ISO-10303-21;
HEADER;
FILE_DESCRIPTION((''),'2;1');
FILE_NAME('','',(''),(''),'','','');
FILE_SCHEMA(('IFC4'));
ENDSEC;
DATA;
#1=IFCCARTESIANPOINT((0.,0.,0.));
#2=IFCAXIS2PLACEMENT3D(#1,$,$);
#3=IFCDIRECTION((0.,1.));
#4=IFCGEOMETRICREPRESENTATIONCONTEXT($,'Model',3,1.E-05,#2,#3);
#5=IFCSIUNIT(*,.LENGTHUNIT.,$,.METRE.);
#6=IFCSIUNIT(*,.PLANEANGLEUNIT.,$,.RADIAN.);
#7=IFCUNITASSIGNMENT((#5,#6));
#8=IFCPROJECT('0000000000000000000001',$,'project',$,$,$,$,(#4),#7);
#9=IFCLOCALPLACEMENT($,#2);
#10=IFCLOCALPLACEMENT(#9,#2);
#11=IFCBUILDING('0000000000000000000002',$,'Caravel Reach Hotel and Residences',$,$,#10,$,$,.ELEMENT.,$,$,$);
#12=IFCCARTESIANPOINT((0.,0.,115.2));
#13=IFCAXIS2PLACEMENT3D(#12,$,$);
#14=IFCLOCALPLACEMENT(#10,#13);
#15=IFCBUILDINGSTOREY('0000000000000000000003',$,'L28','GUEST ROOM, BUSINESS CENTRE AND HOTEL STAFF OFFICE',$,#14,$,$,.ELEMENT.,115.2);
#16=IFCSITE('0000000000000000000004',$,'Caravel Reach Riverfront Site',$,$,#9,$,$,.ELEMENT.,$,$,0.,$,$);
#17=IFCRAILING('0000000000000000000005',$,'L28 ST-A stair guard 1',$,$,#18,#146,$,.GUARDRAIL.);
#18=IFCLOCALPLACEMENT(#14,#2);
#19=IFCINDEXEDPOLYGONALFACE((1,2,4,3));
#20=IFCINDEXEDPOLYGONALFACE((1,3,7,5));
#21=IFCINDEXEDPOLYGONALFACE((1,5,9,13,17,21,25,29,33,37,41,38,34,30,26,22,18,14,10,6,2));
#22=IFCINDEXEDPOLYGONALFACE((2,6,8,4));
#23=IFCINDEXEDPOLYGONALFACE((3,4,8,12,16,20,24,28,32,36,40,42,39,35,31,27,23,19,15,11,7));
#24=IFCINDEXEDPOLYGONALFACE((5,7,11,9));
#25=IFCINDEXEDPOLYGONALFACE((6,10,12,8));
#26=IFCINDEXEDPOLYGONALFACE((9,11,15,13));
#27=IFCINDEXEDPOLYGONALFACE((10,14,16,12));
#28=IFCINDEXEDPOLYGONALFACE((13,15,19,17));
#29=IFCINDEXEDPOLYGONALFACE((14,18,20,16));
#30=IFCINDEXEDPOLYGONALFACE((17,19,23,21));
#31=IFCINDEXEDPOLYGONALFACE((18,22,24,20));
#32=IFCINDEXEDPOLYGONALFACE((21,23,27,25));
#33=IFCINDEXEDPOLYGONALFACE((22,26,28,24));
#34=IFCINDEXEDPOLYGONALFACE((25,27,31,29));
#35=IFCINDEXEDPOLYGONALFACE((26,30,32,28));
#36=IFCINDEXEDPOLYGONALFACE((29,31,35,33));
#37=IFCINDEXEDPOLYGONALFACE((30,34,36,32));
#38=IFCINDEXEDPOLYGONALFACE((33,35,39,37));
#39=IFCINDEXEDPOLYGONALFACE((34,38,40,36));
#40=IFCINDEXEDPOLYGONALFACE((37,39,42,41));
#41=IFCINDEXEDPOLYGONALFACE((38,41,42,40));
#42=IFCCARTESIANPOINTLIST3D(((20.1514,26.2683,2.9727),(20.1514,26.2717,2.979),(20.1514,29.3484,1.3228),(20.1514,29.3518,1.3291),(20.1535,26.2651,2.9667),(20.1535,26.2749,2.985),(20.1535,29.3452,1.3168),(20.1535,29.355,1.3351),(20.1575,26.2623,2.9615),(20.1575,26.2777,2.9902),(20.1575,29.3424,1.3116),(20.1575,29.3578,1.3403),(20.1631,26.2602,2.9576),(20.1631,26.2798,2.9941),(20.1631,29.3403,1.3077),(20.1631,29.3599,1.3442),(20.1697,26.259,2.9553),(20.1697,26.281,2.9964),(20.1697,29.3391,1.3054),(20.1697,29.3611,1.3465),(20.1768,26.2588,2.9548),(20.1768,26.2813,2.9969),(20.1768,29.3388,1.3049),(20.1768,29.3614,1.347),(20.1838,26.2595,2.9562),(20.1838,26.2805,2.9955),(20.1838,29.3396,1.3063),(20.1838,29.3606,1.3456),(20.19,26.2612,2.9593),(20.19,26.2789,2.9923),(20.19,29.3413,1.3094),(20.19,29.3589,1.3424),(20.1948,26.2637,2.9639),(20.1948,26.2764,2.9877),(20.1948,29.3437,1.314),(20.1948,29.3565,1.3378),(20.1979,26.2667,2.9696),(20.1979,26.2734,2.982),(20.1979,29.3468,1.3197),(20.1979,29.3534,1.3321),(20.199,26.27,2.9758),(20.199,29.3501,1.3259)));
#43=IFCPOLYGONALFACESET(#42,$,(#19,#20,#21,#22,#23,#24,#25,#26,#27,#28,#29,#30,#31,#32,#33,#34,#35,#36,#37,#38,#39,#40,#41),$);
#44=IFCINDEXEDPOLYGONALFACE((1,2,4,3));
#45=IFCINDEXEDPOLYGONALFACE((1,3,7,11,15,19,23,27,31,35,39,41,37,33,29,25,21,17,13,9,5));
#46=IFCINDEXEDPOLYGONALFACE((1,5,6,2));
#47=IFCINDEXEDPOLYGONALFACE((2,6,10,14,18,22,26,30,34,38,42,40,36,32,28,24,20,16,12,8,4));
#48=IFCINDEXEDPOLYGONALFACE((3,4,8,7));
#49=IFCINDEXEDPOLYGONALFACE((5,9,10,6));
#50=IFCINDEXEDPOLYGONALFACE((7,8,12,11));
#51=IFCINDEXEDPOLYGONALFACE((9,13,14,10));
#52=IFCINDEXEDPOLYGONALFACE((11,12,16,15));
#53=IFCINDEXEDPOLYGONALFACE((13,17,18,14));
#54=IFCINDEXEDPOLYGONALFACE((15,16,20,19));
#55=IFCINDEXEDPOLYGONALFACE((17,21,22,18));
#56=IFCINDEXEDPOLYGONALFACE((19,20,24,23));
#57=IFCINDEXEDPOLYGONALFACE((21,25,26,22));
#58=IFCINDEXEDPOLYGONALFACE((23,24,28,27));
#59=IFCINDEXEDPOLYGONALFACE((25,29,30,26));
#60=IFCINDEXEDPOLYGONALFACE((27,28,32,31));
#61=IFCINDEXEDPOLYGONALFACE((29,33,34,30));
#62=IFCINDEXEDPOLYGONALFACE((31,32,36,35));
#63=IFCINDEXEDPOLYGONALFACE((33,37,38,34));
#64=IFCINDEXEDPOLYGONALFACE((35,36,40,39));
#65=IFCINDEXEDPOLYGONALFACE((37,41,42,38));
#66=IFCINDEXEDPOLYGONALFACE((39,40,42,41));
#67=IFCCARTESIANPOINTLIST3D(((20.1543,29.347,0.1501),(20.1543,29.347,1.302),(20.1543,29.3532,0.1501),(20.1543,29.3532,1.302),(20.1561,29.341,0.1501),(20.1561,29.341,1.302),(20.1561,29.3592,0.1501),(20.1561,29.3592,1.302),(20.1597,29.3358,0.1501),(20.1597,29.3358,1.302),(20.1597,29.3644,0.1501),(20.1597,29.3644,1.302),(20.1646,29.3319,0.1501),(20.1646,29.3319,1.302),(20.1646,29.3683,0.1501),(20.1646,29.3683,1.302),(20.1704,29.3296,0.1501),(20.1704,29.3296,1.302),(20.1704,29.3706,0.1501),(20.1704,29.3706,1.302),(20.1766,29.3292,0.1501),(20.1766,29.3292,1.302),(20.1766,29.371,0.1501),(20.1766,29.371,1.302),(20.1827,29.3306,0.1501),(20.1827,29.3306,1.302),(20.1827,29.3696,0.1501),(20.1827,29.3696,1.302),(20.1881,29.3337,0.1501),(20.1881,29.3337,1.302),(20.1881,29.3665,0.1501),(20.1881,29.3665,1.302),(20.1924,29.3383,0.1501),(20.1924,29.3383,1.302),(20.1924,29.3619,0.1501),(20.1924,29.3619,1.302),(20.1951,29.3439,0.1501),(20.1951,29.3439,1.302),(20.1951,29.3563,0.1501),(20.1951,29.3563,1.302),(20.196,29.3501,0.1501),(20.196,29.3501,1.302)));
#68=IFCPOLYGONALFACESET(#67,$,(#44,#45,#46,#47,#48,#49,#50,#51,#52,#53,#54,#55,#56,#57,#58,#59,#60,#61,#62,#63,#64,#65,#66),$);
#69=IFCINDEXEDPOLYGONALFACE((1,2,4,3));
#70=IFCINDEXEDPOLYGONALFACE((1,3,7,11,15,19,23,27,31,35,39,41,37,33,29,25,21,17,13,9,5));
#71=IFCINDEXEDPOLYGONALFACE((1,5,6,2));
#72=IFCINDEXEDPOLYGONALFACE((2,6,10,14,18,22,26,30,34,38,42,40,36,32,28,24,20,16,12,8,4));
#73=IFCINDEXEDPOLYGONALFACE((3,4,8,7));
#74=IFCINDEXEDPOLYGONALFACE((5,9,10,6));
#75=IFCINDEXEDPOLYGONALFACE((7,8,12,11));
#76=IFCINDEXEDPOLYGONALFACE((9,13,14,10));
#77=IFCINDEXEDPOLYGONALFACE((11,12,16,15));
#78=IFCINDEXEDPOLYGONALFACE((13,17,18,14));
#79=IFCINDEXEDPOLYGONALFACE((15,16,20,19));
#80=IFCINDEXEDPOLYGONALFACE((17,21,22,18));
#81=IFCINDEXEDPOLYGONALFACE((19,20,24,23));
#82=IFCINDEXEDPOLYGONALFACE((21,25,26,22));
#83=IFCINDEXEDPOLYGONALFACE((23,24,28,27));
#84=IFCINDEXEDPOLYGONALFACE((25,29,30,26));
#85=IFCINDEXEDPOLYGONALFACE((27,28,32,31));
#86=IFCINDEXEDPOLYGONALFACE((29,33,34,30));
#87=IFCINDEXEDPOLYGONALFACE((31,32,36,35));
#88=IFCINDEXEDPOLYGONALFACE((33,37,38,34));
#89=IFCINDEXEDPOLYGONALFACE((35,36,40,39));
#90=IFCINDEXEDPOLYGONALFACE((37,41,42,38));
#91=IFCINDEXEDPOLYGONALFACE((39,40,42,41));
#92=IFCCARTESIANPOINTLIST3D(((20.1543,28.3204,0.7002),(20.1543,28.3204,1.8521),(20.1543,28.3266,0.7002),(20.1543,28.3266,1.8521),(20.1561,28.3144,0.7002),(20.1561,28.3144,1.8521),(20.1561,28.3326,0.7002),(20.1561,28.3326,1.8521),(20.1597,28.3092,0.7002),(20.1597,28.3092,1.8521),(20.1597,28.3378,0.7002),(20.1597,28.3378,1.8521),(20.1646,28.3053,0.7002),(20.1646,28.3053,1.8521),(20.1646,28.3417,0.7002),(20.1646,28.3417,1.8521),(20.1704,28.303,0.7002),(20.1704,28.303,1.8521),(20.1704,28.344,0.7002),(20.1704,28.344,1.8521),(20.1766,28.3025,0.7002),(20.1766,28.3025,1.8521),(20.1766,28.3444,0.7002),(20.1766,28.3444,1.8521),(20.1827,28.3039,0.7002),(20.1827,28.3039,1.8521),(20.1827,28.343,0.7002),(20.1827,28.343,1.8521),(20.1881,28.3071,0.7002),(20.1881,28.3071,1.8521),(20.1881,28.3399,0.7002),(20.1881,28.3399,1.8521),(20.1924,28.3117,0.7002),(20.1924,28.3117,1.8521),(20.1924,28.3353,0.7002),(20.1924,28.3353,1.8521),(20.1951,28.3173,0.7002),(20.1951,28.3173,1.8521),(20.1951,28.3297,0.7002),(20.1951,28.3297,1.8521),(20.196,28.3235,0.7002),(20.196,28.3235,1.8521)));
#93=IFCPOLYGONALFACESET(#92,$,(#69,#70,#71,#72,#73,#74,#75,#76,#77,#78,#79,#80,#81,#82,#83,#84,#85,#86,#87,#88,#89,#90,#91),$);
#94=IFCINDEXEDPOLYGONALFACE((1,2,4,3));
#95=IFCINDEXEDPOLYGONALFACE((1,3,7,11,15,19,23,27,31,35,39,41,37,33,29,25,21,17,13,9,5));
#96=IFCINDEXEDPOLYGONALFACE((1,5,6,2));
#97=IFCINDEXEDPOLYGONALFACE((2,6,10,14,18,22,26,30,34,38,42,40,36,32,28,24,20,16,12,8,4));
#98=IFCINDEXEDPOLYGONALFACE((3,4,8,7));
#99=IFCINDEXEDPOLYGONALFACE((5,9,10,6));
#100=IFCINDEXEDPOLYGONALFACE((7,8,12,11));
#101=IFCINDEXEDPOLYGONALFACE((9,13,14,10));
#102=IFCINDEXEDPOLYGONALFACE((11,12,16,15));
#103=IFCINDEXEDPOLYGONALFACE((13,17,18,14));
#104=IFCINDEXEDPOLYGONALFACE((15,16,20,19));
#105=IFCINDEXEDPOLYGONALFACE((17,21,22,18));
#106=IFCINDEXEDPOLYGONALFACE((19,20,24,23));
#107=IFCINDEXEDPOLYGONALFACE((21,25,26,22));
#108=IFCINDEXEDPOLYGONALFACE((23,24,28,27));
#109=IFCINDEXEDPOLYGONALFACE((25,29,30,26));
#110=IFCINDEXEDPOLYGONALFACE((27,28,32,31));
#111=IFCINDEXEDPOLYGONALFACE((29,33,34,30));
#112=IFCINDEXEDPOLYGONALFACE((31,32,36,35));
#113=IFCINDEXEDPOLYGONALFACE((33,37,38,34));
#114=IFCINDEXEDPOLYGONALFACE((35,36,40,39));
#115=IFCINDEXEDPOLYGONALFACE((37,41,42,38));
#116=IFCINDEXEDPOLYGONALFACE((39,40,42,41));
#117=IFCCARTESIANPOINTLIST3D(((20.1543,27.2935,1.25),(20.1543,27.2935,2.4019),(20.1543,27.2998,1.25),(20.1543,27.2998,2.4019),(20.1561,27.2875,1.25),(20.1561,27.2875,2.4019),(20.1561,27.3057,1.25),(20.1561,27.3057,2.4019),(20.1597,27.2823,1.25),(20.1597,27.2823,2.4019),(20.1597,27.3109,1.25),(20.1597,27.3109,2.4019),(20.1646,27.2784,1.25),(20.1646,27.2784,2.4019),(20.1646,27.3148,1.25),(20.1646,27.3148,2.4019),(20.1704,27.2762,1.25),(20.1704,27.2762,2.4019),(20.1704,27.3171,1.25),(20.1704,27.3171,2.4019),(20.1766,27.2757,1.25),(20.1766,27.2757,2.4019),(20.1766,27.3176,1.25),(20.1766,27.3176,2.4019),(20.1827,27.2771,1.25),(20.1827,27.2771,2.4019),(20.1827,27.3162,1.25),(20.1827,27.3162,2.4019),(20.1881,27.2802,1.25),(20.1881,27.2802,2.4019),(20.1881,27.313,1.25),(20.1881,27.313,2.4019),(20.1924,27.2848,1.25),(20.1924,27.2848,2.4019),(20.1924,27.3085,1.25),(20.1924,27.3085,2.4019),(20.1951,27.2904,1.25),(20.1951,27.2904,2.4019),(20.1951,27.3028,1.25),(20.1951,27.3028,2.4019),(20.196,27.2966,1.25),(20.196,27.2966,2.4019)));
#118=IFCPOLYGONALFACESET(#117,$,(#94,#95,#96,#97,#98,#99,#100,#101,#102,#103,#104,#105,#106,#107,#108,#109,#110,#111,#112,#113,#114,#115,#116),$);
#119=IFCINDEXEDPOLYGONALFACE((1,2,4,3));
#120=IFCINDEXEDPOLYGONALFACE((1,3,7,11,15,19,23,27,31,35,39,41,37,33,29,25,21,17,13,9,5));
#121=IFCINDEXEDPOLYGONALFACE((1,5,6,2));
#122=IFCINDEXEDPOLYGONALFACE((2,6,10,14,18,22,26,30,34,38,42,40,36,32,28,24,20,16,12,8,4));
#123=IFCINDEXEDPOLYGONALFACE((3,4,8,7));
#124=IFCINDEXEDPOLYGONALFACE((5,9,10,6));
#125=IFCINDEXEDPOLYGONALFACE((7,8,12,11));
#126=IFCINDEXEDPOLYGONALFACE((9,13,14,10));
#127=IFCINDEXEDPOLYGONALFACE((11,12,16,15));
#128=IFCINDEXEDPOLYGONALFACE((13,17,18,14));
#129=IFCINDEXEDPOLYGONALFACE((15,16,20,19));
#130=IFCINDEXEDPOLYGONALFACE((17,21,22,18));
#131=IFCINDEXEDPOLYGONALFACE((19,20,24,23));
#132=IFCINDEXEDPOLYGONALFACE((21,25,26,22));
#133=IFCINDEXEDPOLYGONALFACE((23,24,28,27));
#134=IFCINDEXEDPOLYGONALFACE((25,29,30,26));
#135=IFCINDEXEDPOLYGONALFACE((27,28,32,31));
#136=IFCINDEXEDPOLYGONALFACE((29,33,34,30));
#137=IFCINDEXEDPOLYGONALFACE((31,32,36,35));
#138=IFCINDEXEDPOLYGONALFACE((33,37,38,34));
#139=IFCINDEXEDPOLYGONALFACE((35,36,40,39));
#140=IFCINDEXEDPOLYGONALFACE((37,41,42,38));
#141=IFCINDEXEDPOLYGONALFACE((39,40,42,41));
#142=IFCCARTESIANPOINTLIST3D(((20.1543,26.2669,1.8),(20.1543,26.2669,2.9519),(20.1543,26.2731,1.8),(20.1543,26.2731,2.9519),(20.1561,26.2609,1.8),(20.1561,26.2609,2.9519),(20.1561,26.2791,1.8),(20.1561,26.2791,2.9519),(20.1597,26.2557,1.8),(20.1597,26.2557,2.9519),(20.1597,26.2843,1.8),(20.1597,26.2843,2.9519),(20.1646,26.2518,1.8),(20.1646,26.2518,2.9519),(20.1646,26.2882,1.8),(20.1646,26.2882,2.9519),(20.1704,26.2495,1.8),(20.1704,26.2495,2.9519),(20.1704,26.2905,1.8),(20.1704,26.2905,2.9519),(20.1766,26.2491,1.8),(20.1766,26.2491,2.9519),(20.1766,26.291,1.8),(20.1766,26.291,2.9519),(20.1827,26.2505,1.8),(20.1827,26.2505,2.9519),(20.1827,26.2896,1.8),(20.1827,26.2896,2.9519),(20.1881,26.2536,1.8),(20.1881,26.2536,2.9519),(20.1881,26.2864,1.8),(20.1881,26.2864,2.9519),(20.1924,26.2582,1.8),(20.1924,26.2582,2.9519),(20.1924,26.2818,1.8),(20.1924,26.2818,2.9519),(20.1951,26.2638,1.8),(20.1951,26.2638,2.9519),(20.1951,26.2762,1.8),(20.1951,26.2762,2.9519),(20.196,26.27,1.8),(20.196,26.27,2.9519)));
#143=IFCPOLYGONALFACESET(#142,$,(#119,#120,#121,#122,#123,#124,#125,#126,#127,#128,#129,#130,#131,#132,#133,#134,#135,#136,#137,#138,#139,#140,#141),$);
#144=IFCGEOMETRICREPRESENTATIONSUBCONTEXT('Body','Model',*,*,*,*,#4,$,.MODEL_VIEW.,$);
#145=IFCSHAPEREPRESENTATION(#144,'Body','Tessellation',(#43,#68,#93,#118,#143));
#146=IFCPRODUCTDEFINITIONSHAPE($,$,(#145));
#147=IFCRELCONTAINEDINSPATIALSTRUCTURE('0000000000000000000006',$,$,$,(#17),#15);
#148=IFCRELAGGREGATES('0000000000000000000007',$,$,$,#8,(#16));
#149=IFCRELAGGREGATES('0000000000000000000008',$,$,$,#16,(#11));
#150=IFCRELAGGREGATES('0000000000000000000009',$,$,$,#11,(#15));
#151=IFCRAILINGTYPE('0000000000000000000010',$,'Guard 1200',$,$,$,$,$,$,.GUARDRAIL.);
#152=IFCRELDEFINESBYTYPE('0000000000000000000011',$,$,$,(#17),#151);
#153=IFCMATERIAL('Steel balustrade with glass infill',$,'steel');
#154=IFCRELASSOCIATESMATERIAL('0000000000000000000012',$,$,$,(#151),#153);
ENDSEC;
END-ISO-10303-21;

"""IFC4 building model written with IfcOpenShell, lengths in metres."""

from ifc_helpers import new_model, si_unit, direction, frame, origin, origin_2d, place, context, subcontext, project, spatial, circle, extrude, material, type_object, element, save


model = new_model("IFC4")

# Units and contexts
model_context = context("Model", 3, precision=1e-05, world=origin(), true_north=direction((0.0, 1.0)))
body_context = subcontext(model_context, "Body", "Model", "MODEL_VIEW")
ifc_project = project(units=[si_unit("LENGTHUNIT", "METRE"), si_unit("PLANEANGLEUNIT", "RADIAN")], contexts=[model_context])

# Site, building, storey
site_placement = place(None, origin())
site = spatial("IfcSite", under=ifc_project, at=site_placement, Name="Caravel Reach Riverfront Site", CompositionType="ELEMENT", RefElevation=0.0)
building_placement = place(site_placement, origin())
building = spatial("IfcBuilding", under=site, at=building_placement, Name="Caravel Reach Hotel and Residences", CompositionType="ELEMENT")
storey_placement = place(building_placement, frame((0.0, 0.0, 115.2)))
storey = spatial("IfcBuildingStorey", under=building, at=storey_placement, Name="L28", Description="GUEST ROOM, BUSINESS CENTRE AND HOTEL STAFF OFFICE", CompositionType="ELEMENT", Elevation=115.2)

# Railing
ifc_material_1 = material(Name="Steel balustrade with glass infill", Category="steel")
railing_type_1 = type_object("IfcRailingType", Name="Guard 1200", PredefinedType="GUARDRAIL", material=ifc_material_1)
railing_1_placement = place(storey_placement, frame((20.175, 29.3501, 0.1501)))
element("IfcRailing", 1, at=railing_1_placement, inside=storey, type_object=railing_type_1, Name="L28 ST-A stair guard 1", PredefinedType="GUARDRAIL", context=body_context, shape_type="SweptSolid", body=[
    extrude(circle(Radius=0.0239, at=origin_2d()), frame((0.0, 0.0, 1.1758), z_axis=(0.0, -0.881497, 0.47219), x_axis=(1.0, 0.0, 0.0)), (0.0, 0.0, 1.0), 3.4941),
    extrude(circle(Radius=0.021, at=origin_2d()), origin(), (0.0, 0.0, 1.0), 1.1519),
    extrude(circle(Radius=0.021, at=origin_2d()), frame((0.0, -1.0266, 0.55)), (0.0, 0.0, 1.0), 1.1519),
    extrude(circle(Radius=0.021, at=origin_2d()), frame((0.0, -2.0535, 1.0999)), (0.0, 0.0, 1.0), 1.1519),
    extrude(circle(Radius=0.021, at=origin_2d()), frame((0.0, -3.0801, 1.6499)), (0.0, 0.0, 1.0), 1.1519),
])

save(model, "model.ifc")
